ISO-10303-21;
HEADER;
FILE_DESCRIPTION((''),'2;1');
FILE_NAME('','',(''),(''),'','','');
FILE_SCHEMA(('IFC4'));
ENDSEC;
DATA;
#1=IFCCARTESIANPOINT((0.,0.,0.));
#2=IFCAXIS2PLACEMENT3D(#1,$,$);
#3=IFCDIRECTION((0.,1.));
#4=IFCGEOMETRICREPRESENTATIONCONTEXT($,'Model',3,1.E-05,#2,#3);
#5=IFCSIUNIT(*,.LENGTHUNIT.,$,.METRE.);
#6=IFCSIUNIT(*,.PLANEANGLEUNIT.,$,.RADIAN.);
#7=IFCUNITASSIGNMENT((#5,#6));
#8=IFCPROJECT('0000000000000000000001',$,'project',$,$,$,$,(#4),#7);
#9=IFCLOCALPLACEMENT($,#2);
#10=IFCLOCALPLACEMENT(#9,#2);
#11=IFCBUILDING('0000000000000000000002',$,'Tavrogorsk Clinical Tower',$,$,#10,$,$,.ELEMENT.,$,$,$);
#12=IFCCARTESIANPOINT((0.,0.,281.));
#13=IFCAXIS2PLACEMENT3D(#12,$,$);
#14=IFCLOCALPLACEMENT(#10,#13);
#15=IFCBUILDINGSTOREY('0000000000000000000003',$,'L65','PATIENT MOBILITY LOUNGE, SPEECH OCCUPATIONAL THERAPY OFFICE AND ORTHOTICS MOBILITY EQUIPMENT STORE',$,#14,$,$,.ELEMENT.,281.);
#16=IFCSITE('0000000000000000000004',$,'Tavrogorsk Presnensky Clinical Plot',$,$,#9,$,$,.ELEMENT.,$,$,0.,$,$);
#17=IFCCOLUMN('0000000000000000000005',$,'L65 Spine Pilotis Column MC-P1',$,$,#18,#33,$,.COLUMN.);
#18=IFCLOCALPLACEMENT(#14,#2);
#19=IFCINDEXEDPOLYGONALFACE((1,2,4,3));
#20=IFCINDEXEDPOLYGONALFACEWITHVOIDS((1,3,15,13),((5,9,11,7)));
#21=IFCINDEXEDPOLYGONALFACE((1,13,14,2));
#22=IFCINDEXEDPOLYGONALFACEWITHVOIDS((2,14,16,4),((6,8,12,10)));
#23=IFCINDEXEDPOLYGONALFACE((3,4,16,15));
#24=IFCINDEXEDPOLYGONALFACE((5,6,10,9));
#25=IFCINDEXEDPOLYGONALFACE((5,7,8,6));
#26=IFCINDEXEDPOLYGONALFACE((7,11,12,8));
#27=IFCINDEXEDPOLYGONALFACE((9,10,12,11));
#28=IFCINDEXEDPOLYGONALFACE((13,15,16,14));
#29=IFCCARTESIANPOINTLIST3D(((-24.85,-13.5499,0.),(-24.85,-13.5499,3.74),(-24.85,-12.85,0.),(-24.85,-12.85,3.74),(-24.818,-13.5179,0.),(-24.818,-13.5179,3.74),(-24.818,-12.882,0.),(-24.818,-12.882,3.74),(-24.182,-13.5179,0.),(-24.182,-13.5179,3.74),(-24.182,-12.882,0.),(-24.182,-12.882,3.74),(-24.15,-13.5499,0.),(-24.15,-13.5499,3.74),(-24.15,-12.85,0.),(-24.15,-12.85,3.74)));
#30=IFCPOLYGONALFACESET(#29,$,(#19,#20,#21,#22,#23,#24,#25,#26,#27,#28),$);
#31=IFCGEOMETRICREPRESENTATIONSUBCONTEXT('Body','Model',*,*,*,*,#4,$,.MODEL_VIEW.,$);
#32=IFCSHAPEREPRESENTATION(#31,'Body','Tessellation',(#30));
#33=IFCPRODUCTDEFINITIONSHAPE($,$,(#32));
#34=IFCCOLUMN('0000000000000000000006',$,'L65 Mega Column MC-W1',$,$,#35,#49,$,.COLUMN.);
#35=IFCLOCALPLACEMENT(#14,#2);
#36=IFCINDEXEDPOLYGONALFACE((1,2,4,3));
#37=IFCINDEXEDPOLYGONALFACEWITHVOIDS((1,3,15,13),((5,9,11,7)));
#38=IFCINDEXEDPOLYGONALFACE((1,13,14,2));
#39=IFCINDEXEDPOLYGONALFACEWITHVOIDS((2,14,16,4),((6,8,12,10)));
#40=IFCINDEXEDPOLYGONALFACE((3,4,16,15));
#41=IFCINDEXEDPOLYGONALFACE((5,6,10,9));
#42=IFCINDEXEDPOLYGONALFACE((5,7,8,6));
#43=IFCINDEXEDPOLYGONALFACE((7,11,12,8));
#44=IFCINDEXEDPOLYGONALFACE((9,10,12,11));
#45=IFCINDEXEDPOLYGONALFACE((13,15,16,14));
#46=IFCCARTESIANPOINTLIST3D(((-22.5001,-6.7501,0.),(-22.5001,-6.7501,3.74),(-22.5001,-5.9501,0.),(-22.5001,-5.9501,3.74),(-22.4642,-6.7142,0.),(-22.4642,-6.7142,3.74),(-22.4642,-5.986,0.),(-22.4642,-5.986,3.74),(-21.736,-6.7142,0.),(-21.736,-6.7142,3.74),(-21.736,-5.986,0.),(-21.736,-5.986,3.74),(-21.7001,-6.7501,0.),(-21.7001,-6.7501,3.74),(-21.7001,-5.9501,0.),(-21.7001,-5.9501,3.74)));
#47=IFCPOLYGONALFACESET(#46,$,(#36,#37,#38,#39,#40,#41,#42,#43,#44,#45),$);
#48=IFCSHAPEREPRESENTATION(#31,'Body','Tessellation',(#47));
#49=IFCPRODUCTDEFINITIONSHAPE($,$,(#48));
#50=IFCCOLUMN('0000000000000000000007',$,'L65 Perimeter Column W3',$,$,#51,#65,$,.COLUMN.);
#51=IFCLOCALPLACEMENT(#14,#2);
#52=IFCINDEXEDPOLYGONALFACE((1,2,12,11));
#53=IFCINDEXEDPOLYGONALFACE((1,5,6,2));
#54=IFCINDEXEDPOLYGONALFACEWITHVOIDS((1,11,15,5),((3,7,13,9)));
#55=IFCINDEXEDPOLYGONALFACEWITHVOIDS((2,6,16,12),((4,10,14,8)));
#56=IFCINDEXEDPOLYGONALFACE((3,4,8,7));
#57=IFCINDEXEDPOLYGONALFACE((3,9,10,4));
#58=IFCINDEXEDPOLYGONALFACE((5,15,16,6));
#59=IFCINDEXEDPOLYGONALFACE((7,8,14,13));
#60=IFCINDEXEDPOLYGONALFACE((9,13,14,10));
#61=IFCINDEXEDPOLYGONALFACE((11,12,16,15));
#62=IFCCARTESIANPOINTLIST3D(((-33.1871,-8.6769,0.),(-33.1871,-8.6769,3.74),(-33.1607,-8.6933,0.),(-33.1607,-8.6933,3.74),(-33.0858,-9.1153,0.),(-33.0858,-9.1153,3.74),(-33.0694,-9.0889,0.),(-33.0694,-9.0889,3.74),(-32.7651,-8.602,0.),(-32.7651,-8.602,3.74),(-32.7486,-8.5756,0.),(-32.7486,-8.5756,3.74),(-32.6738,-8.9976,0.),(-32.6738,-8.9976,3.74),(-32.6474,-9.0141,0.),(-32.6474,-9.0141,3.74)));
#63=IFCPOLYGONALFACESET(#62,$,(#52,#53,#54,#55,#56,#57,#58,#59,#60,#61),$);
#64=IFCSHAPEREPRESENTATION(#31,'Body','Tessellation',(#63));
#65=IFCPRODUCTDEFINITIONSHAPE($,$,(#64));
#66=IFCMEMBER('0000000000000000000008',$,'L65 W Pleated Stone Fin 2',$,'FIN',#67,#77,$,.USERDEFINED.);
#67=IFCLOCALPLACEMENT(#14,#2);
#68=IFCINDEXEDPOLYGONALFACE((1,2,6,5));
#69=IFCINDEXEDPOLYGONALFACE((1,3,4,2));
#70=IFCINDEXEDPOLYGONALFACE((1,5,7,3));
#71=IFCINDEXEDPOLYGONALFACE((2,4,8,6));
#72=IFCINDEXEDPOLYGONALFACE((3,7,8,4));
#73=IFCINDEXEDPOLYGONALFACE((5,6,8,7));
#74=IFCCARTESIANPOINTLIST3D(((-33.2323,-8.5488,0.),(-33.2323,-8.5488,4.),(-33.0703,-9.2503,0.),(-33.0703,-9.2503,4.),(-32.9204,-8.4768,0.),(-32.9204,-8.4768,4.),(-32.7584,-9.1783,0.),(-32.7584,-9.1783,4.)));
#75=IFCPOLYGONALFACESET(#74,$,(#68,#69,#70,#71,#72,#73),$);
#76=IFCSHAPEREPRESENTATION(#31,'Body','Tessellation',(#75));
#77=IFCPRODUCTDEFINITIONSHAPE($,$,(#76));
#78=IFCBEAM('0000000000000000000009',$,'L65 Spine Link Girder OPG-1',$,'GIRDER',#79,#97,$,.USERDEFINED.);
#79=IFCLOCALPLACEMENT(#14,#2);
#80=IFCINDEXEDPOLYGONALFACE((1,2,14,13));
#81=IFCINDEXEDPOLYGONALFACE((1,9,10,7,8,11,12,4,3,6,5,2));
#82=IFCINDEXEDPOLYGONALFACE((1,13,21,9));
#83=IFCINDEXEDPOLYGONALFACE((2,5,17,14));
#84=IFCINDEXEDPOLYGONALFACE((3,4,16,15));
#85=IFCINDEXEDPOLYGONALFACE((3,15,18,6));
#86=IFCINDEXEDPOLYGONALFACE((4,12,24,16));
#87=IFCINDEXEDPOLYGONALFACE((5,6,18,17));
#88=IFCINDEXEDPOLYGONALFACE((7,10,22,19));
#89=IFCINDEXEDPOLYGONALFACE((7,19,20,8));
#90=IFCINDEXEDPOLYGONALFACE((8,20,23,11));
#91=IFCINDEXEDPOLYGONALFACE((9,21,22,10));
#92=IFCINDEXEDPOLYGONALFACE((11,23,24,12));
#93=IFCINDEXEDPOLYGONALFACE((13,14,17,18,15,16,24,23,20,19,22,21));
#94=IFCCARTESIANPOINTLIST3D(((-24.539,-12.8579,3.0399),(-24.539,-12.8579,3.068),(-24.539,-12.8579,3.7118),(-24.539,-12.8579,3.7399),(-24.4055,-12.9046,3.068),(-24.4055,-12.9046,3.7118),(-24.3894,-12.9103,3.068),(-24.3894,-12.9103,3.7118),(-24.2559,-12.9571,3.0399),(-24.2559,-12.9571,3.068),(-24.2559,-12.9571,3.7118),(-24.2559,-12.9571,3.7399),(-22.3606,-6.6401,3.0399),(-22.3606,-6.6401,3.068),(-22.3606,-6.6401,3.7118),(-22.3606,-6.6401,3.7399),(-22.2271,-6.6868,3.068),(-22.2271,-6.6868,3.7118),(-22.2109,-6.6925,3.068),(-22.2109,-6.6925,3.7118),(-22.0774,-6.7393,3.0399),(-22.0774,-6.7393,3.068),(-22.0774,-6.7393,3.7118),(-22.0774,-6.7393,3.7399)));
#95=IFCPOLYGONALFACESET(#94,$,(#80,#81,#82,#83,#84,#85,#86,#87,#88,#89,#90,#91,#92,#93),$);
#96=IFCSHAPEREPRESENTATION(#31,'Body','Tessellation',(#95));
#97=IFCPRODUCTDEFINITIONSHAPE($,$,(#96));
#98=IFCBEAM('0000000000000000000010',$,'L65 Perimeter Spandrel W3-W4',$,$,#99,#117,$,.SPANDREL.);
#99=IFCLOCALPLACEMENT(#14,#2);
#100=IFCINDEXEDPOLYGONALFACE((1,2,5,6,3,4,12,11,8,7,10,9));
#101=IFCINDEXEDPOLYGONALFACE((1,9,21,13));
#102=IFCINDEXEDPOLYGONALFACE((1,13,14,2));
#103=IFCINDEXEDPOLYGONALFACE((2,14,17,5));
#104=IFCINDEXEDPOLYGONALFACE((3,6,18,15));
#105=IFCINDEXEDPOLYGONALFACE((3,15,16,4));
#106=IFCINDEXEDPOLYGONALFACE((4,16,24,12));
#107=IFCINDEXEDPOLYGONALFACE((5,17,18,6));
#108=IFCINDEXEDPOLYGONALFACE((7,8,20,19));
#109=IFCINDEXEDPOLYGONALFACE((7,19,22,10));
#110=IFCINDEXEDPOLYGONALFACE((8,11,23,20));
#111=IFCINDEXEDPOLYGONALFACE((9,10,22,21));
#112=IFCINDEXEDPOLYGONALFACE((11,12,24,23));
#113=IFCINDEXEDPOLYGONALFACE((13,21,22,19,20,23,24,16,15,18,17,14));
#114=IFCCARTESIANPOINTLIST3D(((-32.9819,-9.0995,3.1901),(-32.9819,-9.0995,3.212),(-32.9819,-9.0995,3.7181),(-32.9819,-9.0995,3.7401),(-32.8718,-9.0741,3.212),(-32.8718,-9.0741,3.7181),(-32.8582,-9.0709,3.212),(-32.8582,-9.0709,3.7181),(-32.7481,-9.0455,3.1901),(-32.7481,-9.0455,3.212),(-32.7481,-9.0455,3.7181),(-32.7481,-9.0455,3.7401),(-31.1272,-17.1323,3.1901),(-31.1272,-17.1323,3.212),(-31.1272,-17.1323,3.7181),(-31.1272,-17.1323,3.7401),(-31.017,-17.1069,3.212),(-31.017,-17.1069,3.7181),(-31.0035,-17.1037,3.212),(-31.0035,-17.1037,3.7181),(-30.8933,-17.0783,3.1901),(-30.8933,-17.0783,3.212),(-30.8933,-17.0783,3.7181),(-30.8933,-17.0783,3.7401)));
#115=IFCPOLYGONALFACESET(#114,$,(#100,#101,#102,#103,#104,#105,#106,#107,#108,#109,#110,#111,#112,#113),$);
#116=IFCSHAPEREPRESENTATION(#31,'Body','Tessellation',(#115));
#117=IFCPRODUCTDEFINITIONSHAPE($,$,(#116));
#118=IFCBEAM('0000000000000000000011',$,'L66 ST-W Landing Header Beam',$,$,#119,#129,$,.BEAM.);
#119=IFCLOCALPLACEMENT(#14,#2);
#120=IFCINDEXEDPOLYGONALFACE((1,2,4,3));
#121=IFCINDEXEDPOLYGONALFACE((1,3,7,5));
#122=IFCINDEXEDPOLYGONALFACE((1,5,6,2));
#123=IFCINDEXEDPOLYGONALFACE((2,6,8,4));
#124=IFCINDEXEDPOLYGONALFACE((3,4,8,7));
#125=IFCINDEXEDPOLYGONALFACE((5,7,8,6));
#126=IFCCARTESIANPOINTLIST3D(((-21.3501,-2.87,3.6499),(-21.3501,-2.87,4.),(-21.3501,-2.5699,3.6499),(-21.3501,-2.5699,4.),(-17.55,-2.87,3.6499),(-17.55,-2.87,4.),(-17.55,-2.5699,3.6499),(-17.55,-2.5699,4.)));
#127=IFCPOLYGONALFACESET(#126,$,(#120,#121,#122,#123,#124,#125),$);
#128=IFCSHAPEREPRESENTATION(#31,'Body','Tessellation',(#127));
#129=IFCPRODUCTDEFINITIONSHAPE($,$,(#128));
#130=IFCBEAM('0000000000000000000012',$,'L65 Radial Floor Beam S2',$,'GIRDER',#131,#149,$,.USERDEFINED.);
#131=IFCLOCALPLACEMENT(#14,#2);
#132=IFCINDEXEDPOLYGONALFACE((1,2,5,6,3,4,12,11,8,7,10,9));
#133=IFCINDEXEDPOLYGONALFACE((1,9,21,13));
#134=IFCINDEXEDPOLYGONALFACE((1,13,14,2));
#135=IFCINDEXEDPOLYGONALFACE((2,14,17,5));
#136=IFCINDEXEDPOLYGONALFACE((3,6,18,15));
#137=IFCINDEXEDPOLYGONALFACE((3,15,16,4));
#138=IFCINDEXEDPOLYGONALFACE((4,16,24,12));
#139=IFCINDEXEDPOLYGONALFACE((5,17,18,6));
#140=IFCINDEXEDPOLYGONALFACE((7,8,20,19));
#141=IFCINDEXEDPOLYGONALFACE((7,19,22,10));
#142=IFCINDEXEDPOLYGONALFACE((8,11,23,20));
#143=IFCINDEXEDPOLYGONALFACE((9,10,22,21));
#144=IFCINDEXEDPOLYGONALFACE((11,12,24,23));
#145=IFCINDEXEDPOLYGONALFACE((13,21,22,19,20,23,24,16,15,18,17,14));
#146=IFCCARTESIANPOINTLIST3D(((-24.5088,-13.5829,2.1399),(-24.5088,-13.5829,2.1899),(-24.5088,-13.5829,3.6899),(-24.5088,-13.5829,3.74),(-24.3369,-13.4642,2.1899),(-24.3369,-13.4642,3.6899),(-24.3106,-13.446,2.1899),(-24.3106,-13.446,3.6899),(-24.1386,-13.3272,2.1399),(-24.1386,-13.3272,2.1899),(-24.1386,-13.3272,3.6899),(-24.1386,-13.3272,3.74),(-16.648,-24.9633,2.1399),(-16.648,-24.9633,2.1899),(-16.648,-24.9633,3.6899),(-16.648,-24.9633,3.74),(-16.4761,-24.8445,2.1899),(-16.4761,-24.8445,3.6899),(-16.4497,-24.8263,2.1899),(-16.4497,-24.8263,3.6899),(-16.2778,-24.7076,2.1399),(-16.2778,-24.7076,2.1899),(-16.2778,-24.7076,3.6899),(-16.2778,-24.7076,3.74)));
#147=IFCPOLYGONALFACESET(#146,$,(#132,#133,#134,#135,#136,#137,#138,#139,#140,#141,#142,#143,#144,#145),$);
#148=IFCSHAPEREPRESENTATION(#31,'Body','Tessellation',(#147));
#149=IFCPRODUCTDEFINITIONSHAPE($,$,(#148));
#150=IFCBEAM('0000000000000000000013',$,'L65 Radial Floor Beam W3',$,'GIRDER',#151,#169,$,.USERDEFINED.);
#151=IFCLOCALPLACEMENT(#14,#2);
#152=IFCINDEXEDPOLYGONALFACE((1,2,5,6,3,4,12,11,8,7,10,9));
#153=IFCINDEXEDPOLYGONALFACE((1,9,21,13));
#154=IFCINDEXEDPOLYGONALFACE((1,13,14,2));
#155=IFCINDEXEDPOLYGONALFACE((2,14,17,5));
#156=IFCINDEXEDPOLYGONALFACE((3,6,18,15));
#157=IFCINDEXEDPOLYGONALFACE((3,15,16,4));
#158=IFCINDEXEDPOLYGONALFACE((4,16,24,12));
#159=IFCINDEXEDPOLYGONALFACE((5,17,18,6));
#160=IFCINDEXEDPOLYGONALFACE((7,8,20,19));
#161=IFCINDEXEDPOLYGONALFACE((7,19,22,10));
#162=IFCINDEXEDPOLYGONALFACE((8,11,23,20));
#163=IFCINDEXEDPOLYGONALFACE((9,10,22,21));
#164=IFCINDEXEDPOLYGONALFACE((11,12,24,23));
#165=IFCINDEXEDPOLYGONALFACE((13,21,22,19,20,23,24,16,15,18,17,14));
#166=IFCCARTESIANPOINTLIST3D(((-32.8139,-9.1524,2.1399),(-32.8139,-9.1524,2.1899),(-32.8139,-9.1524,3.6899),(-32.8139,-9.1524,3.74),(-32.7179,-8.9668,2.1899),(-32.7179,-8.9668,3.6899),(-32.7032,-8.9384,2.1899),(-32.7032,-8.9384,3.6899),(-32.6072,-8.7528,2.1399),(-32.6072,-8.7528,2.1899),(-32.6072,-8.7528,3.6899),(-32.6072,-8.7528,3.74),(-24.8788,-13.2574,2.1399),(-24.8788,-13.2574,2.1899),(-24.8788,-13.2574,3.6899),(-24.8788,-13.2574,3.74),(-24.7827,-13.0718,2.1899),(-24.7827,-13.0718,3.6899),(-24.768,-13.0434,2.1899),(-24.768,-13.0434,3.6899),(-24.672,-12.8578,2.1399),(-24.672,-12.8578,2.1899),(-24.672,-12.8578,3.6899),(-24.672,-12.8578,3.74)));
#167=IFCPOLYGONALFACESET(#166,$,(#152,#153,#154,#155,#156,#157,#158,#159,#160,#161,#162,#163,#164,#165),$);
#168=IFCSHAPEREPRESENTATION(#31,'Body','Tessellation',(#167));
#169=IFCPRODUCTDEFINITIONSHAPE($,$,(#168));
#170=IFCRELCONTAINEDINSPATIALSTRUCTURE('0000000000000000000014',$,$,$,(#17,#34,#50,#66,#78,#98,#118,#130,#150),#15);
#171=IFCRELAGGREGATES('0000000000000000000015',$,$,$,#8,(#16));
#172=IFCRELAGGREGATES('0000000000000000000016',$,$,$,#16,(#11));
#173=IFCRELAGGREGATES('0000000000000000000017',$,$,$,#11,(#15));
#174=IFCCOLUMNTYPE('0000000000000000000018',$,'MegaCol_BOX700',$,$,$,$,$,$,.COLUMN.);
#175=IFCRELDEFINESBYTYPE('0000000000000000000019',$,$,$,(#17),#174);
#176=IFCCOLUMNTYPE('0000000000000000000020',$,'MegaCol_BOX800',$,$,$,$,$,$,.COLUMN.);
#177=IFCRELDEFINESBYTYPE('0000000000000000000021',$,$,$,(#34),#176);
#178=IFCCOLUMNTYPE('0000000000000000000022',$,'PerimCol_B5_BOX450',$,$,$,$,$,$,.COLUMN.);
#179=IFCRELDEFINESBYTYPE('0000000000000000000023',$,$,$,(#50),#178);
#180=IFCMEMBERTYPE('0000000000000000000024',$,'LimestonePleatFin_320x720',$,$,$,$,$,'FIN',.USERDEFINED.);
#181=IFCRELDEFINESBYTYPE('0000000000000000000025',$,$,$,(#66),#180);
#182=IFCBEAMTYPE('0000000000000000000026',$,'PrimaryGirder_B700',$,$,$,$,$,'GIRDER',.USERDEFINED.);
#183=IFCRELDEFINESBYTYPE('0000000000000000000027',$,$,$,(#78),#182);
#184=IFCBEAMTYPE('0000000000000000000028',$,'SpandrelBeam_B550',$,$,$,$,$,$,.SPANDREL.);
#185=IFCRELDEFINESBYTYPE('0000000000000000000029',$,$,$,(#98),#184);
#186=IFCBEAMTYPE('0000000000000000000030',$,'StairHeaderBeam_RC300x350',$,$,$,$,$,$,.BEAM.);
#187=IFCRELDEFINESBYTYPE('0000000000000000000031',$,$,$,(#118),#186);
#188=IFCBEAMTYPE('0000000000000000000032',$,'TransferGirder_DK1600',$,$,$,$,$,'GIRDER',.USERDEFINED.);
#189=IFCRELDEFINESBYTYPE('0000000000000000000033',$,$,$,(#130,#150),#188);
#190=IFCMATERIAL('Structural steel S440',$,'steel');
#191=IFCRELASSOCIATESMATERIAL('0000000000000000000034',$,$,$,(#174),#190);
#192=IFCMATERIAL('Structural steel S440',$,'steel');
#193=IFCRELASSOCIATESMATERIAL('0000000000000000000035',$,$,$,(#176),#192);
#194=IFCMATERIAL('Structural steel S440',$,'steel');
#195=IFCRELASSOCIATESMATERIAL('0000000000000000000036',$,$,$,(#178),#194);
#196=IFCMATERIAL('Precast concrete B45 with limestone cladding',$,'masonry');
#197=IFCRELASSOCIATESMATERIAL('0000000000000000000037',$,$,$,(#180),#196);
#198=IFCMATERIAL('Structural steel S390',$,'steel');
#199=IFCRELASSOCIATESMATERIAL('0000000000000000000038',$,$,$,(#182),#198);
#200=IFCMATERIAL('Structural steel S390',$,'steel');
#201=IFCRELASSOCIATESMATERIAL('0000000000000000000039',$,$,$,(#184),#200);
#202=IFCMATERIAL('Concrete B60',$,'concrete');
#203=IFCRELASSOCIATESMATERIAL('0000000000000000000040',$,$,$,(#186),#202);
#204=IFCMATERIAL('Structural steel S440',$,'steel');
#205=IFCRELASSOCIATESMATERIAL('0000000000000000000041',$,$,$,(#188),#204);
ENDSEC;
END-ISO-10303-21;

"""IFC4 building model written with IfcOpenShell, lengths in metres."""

from ifc_helpers import new_model, si_unit, direction, frame, origin, origin_2d, place, context, subcontext, project, spatial, rectangle, hollow_rectangle, i_section, extrude, material, material_profile, profile_set, type_object, element, save


model = new_model("IFC4")

# Units and contexts
model_context = context("Model", 3, precision=1e-05, world=origin(), true_north=direction((0.0, 1.0)))
body_context = subcontext(model_context, "Body", "Model", "MODEL_VIEW")
ifc_project = project(units=[si_unit("LENGTHUNIT", "METRE"), si_unit("PLANEANGLEUNIT", "RADIAN")], contexts=[model_context])

# Site, building, storey
site_placement = place(None, origin())
site = spatial("IfcSite", under=ifc_project, at=site_placement, Name="Tavrogorsk Presnensky Clinical Plot", CompositionType="ELEMENT", RefElevation=0.0)
building_placement = place(site_placement, origin())
building = spatial("IfcBuilding", under=site, at=building_placement, Name="Tavrogorsk Clinical Tower", CompositionType="ELEMENT")
storey_placement = place(building_placement, frame((0.0, 0.0, 281.0)))
storey = spatial("IfcBuildingStorey", under=building, at=storey_placement, Name="L65", Description="PATIENT MOBILITY LOUNGE, SPEECH OCCUPATIONAL THERAPY OFFICE AND ORTHOTICS MOBILITY EQUIPMENT STORE", CompositionType="ELEMENT", Elevation=281.0)

# Columns
ifc_material_1 = material(Name="Structural steel S440", Category="steel")
ifc_material_profile_1 = material_profile(ifc_material_1, hollow_rectangle(XDim=0.7, YDim=0.7, WallThickness=0.032, at=origin_2d()), Name="BOX-700x700x32")
ifc_profile_set_1 = profile_set([ifc_material_profile_1], Name="Structural steel S440")
column_type_1 = type_object("IfcColumnType", Name="MegaCol_BOX700", PredefinedType="COLUMN", material=ifc_profile_set_1)
column_1_placement = place(storey_placement, frame((-24.5, -13.2, 0.0), z_axis=(0.0, 0.0, 1.0), x_axis=(1.0, 0.0, 0.0)))
element("IfcColumn", 1, at=column_1_placement, inside=storey, type_object=column_type_1, Name="L65 Spine Pilotis Column MC-P1", PredefinedType="COLUMN", context=body_context, shape_type="SweptSolid", body=[
    extrude(hollow_rectangle(XDim=0.7, YDim=0.7, WallThickness=0.032, at=origin_2d()), origin(), (0.0, 0.0, 1.0), 3.74),
])
ifc_material_2 = material(Name="Structural steel S440", Category="steel")
ifc_material_profile_2 = material_profile(ifc_material_2, hollow_rectangle(XDim=0.8, YDim=0.8, WallThickness=0.0359, at=origin_2d()), Name="BOX-800x800x36")
ifc_profile_set_2 = profile_set([ifc_material_profile_2], Name="Structural steel S440")
column_type_2 = type_object("IfcColumnType", Name="MegaCol_BOX800", PredefinedType="COLUMN", material=ifc_profile_set_2)
column_2_placement = place(storey_placement, frame((-22.1001, -6.3501, 0.0), z_axis=(0.0, 0.0, 1.0), x_axis=(1.0, 0.0, 0.0)))
element("IfcColumn", 2, at=column_2_placement, inside=storey, type_object=column_type_2, Name="L65 Mega Column MC-W1", PredefinedType="COLUMN", context=body_context, shape_type="SweptSolid", body=[
    extrude(hollow_rectangle(XDim=0.8, YDim=0.8, WallThickness=0.0359, at=origin_2d()), origin(), (0.0, 0.0, 1.0), 3.74),
])
ifc_material_3 = material(Name="Structural steel S440", Category="steel")
ifc_material_profile_3 = material_profile(ifc_material_3, hollow_rectangle(XDim=0.45, YDim=0.45, WallThickness=0.022, at=origin_2d()), Name="BOX-450x450x22")
ifc_profile_set_3 = profile_set([ifc_material_profile_3], Name="Structural steel S440")
column_type_3 = type_object("IfcColumnType", Name="PerimCol_B5_BOX450", PredefinedType="COLUMN", material=ifc_profile_set_3)
column_3_placement = place(storey_placement, frame((-32.9172, -8.8455, 0.0), z_axis=(0.0, 0.0, 1.0), x_axis=(0.97437, 0.224951, 0.0)))
element("IfcColumn", 3, at=column_3_placement, inside=storey, type_object=column_type_3, Name="L65 Perimeter Column W3", PredefinedType="COLUMN", context=body_context, shape_type="SweptSolid", body=[
    extrude(hollow_rectangle(XDim=0.45, YDim=0.45, WallThickness=0.022, at=origin_2d()), origin(), (0.0, 0.0, 1.0), 3.74),
])

# Member
ifc_material_4 = material(Name="Precast concrete B45 with limestone cladding", Category="masonry")
ifc_material_profile_4 = material_profile(ifc_material_4, rectangle(XDim=0.3201, YDim=0.72, at=origin_2d()), Name="LIMESTONE-FIN-320x720")
ifc_profile_set_4 = profile_set([ifc_material_profile_4], Name="Precast concrete B45 with limestone cladding")
member_type = type_object("IfcMemberType", Name="LimestonePleatFin_320x720", ElementType="FIN", PredefinedType="USERDEFINED", material=ifc_profile_set_4)
member_placement = place(storey_placement, frame((-32.9954, -8.8635, 0.0), z_axis=(0.0, 0.0, 1.0), x_axis=(0.97437, 0.224951, 0.0)))
element("IfcMember", 4, at=member_placement, inside=storey, type_object=member_type, Name="L65 W Pleated Stone Fin 2", ObjectType="FIN", PredefinedType="USERDEFINED", context=body_context, shape_type="SweptSolid", body=[
    extrude(rectangle(XDim=0.3201, YDim=0.72, at=origin_2d()), origin(), (0.0, 0.0, 1.0), 4.0),
])

# Beams
ifc_material_5 = material(Name="Structural steel S390", Category="steel")
ifc_material_profile_5 = material_profile(ifc_material_5, i_section(OverallWidth=0.3, OverallDepth=0.7, WebThickness=0.0171, FlangeThickness=0.0281, at=origin_2d()), Name="B-700x300x17x28")
ifc_profile_set_5 = profile_set([ifc_material_profile_5], Name="Structural steel S390")
beam_type_1 = type_object("IfcBeamType", Name="PrimaryGirder_B700", ElementType="GIRDER", PredefinedType="USERDEFINED", material=ifc_profile_set_5)
beam_1_placement = place(storey_placement, frame((-24.3975, -12.9075, 3.3899), z_axis=(0.330654, 0.943752, 0.0), x_axis=(-0.943752, 0.330654, 0.0)))
element("IfcBeam", 5, at=beam_1_placement, inside=storey, type_object=beam_type_1, Name="L65 Spine Link Girder OPG-1", ObjectType="GIRDER", PredefinedType="USERDEFINED", context=body_context, shape_type="SweptSolid", body=[
    extrude(i_section(OverallWidth=0.3, OverallDepth=0.7, WebThickness=0.0171, FlangeThickness=0.0281, at=origin_2d()), origin(), (0.0, 0.0, 1.0), 6.5884),
])
ifc_material_6 = material(Name="Structural steel S390", Category="steel")
ifc_material_profile_6 = material_profile(ifc_material_6, i_section(OverallWidth=0.24, OverallDepth=0.55, WebThickness=0.0139, FlangeThickness=0.022, at=origin_2d()), Name="B-550x240x14x22")
ifc_profile_set_6 = profile_set([ifc_material_profile_6], Name="Structural steel S390")
beam_type_2 = type_object("IfcBeamType", Name="SpandrelBeam_B550", PredefinedType="SPANDREL", material=ifc_profile_set_6)
beam_2_placement = place(storey_placement, frame((-32.865, -9.0725, 3.4651), z_axis=(0.224978, -0.974364, 0.0), x_axis=(0.974364, 0.224978, 0.0)))
element("IfcBeam", 6, at=beam_2_placement, inside=storey, type_object=beam_type_2, Name="L65 Perimeter Spandrel W3-W4", PredefinedType="SPANDREL", context=body_context, shape_type="SweptSolid", body=[
    extrude(i_section(OverallWidth=0.24, OverallDepth=0.55, WebThickness=0.0139, FlangeThickness=0.022, at=origin_2d()), origin(), (0.0, 0.0, 1.0), 8.2441),
])
ifc_material_7 = material(Name="Concrete B60", Category="concrete")
ifc_material_profile_7 = material_profile(ifc_material_7, rectangle(XDim=0.3, YDim=0.3501, at=origin_2d()), Name="RC-SHB-300x350")
ifc_profile_set_7 = profile_set([ifc_material_profile_7], Name="Concrete B60")
beam_type_3 = type_object("IfcBeamType", Name="StairHeaderBeam_RC300x350", PredefinedType="BEAM", material=ifc_profile_set_7)
beam_3_placement = place(storey_placement, frame((-21.3501, -2.72, 3.825), z_axis=(1.0, 0.0, 0.0), x_axis=(0.0, 1.0, 0.0)))
element("IfcBeam", 7, at=beam_3_placement, inside=storey, type_object=beam_type_3, Name="L66 ST-W Landing Header Beam", PredefinedType="BEAM", context=body_context, shape_type="SweptSolid", body=[
    extrude(rectangle(XDim=0.3, YDim=0.3501, at=origin_2d()), origin(), (0.0, 0.0, 1.0), 3.8),
])
ifc_material_8 = material(Name="Structural steel S440", Category="steel")
ifc_material_profile_8 = material_profile(ifc_material_8, i_section(OverallWidth=0.45, OverallDepth=1.6001, WebThickness=0.032, FlangeThickness=0.05, at=origin_2d()), Name="DK-1600x450x32x50")
ifc_profile_set_8 = profile_set([ifc_material_profile_8], Name="Structural steel S440")
beam_type_4 = type_object("IfcBeamType", Name="TransferGirder_DK1600", ElementType="GIRDER", PredefinedType="USERDEFINED", material=ifc_profile_set_8)
beam_4_placement = place(storey_placement, frame((-24.3237, -13.4551, 2.9399), z_axis=(0.568336, -0.822797, 0.0), x_axis=(0.822797, 0.568336, 0.0)))
element("IfcBeam", 8, at=beam_4_placement, inside=storey, type_object=beam_type_4, Name="L65 Radial Floor Beam S2", ObjectType="GIRDER", PredefinedType="USERDEFINED", context=body_context, shape_type="SweptSolid", body=[
    extrude(i_section(OverallWidth=0.45, OverallDepth=1.6001, WebThickness=0.032, FlangeThickness=0.05, at=origin_2d()), origin(), (0.0, 0.0, 1.0), 13.8313),
])
beam_5_placement = place(storey_placement, frame((-24.7754, -13.0576, 2.9399), z_axis=(-0.888188, 0.459479, 0.0), x_axis=(-0.459479, -0.888188, 0.0)))
element("IfcBeam", 9, at=beam_5_placement, inside=storey, type_object=beam_type_4, Name="L65 Radial Floor Beam W3", ObjectType="GIRDER", PredefinedType="USERDEFINED", context=body_context, shape_type="SweptSolid", body=[
    extrude(i_section(OverallWidth=0.45, OverallDepth=1.6001, WebThickness=0.032, FlangeThickness=0.05, at=origin_2d()), origin(), (0.0, 0.0, 1.0), 8.9341),
])

save(model, "model.ifc")
